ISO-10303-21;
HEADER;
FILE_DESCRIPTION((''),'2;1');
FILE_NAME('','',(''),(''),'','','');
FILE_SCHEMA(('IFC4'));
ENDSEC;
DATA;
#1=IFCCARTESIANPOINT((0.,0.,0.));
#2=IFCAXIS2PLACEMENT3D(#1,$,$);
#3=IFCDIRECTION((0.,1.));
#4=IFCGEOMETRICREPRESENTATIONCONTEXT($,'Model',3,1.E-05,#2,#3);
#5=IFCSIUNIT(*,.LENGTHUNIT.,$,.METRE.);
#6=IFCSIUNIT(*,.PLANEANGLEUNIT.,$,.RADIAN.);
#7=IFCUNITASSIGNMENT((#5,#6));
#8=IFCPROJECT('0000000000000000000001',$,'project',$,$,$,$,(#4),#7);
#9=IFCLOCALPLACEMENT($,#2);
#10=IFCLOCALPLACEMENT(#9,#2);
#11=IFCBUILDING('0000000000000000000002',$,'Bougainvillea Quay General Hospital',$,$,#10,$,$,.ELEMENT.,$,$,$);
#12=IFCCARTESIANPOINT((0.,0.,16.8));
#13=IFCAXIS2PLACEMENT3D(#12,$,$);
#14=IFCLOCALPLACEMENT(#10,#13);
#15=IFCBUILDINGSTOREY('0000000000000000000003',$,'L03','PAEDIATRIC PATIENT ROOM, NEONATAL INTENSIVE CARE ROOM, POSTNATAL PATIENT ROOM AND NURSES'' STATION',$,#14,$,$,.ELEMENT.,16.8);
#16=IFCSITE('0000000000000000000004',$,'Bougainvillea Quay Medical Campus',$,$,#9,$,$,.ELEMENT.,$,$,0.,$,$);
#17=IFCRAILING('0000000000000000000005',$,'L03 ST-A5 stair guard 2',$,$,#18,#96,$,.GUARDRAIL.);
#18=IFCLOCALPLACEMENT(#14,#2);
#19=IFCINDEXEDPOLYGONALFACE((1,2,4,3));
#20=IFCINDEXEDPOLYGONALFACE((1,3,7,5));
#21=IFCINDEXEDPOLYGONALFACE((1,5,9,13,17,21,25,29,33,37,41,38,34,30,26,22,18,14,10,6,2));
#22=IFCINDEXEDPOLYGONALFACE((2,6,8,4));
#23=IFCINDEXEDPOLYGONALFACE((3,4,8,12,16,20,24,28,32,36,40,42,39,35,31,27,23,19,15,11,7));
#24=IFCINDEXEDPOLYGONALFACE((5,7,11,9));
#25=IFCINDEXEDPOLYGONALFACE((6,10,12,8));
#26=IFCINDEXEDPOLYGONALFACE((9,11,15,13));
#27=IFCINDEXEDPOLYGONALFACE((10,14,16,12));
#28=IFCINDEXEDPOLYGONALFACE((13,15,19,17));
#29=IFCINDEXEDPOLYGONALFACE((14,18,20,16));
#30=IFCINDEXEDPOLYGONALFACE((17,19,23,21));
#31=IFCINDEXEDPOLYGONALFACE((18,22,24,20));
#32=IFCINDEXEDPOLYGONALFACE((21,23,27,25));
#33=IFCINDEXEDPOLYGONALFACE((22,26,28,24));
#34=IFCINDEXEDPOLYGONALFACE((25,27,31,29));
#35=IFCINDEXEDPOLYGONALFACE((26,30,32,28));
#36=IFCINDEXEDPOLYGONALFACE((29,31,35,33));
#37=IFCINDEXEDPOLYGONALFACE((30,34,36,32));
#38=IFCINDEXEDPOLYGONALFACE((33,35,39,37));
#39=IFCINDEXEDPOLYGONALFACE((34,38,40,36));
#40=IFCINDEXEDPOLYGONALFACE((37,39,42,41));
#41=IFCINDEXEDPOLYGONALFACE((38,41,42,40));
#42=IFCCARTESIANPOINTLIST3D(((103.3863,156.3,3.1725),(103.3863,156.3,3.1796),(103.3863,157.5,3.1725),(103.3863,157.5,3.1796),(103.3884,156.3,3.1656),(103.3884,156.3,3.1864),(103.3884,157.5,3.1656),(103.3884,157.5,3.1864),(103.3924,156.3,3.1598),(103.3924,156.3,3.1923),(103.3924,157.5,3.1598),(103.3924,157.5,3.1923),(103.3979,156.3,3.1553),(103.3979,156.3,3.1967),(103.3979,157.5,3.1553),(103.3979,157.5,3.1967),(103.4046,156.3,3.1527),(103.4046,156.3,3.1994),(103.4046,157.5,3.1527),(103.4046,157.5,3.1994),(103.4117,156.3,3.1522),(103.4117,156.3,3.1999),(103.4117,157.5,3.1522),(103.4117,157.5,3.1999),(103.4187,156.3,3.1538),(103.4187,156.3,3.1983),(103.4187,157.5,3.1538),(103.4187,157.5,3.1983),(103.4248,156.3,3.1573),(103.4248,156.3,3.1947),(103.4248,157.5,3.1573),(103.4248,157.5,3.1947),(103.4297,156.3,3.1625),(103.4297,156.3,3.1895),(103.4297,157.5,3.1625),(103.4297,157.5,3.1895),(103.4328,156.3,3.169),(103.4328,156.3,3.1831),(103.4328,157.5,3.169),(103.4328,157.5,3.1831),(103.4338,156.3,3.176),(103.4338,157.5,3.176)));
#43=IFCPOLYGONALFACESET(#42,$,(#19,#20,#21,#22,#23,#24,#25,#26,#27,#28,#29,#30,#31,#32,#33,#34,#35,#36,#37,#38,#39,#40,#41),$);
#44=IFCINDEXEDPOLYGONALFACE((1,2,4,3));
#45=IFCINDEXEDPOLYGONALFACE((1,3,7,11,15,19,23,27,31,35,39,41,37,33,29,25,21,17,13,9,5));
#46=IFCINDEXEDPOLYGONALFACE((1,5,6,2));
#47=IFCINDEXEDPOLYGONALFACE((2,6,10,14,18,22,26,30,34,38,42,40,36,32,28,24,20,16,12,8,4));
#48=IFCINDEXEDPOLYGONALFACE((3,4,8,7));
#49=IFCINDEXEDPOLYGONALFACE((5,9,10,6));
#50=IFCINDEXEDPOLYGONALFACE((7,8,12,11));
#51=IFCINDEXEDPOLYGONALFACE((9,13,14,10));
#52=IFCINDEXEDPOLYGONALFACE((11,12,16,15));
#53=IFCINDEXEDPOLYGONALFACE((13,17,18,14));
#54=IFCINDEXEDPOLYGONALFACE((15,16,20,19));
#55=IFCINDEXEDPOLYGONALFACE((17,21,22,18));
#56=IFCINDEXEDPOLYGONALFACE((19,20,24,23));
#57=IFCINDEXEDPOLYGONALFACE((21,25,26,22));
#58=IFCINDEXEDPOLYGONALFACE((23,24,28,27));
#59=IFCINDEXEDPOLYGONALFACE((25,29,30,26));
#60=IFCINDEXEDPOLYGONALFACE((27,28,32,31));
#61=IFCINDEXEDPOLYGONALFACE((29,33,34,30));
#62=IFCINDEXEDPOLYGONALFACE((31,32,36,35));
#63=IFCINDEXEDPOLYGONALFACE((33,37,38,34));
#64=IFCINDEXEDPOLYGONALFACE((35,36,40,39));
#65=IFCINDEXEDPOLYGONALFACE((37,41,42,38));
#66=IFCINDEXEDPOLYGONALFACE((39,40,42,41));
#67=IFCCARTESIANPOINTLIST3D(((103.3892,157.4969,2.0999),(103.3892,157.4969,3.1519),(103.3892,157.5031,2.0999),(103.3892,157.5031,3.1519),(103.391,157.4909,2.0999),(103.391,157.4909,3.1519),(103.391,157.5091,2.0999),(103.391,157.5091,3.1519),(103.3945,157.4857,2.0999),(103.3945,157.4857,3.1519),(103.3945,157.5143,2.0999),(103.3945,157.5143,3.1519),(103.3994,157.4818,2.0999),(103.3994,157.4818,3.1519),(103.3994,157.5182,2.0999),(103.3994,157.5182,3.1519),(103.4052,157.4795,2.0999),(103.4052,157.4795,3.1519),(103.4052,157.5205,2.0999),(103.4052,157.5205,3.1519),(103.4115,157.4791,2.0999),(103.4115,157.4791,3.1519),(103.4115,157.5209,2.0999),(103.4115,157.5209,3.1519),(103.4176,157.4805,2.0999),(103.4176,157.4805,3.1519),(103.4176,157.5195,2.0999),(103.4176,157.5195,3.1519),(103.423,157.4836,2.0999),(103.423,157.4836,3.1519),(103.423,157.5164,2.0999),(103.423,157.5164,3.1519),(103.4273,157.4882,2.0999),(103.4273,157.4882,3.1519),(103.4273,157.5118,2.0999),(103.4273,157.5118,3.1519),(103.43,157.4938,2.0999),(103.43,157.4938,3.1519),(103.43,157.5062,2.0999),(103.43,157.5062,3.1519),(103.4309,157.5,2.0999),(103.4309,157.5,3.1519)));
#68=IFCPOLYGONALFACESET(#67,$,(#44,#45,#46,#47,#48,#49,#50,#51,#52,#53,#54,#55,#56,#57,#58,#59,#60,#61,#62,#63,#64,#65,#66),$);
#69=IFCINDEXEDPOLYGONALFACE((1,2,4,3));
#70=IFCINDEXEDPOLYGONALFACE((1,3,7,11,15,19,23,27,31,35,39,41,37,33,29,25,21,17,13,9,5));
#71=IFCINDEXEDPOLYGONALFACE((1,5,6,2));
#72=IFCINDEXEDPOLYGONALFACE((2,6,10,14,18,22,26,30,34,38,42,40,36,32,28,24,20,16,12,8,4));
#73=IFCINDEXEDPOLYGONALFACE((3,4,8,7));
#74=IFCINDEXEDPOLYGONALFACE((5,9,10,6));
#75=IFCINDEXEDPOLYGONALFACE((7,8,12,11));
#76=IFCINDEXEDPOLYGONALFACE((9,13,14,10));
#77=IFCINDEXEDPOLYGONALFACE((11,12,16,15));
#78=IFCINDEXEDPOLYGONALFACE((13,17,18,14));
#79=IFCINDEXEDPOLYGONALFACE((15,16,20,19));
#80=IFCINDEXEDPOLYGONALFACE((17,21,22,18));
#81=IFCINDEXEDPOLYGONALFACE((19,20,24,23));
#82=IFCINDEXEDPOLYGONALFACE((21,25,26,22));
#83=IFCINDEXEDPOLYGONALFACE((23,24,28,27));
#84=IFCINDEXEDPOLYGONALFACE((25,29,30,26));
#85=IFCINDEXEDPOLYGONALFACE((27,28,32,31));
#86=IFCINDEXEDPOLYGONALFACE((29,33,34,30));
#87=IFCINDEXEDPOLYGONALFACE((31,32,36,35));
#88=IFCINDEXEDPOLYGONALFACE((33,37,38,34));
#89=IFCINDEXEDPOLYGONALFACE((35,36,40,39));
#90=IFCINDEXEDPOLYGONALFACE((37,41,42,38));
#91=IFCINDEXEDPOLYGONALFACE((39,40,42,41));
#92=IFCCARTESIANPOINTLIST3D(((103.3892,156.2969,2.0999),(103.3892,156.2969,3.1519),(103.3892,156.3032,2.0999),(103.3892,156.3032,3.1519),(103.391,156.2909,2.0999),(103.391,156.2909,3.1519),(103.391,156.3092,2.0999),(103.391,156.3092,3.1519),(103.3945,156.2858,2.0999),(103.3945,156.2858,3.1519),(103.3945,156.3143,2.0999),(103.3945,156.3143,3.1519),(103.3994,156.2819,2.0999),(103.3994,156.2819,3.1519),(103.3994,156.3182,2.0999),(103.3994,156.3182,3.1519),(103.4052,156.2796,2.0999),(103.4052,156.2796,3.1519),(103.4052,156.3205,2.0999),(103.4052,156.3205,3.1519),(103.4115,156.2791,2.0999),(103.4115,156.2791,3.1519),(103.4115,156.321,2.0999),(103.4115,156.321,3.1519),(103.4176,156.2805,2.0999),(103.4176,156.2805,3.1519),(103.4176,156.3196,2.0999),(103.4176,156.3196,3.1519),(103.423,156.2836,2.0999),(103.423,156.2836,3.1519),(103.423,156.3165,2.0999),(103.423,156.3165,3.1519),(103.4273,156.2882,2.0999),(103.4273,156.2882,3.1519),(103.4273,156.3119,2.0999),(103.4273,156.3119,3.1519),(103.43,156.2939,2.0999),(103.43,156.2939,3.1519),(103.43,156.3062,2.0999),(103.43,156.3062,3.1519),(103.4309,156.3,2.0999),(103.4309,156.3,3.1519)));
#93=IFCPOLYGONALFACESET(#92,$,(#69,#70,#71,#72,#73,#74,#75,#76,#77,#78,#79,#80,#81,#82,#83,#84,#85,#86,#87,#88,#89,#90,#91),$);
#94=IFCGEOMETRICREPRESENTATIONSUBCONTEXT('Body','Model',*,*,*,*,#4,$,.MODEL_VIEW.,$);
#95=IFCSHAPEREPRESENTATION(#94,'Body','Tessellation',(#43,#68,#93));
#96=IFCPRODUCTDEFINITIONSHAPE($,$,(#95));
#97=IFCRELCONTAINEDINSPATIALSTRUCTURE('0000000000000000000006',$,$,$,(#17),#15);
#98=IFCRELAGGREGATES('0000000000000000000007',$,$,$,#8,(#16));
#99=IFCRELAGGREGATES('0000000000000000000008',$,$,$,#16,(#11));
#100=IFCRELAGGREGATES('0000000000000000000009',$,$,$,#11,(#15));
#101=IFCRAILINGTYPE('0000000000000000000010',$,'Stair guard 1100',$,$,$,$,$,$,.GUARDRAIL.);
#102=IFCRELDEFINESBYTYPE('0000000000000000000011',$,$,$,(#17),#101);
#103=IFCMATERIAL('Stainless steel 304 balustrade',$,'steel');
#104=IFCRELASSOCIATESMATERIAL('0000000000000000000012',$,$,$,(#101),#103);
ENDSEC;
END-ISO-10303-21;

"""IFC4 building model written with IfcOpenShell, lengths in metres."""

from ifc_helpers import new_model, si_unit, direction, frame, origin, origin_2d, place, context, subcontext, project, spatial, circle, extrude, material, type_object, element, save


model = new_model("IFC4")

# Units and contexts
model_context = context("Model", 3, precision=1e-05, world=origin(), true_north=direction((0.0, 1.0)))
body_context = subcontext(model_context, "Body", "Model", "MODEL_VIEW")
ifc_project = project(units=[si_unit("LENGTHUNIT", "METRE"), si_unit("PLANEANGLEUNIT", "RADIAN")], contexts=[model_context])

# Site, building, storey
site_placement = place(None, origin())
site = spatial("IfcSite", under=ifc_project, at=site_placement, Name="Bougainvillea Quay Medical Campus", CompositionType="ELEMENT", RefElevation=0.0)
building_placement = place(site_placement, origin())
building = spatial("IfcBuilding", under=site, at=building_placement, Name="Bougainvillea Quay General Hospital", CompositionType="ELEMENT")
storey_placement = place(building_placement, frame((0.0, 0.0, 16.8)))
storey = spatial("IfcBuildingStorey", under=building, at=storey_placement, Name="L03", Description="PAEDIATRIC PATIENT ROOM, NEONATAL INTENSIVE CARE ROOM, POSTNATAL PATIENT ROOM AND NURSES' STATION", CompositionType="ELEMENT", Elevation=16.8)

# Railing
ifc_material_1 = material(Name="Stainless steel 304 balustrade", Category="steel")
railing_type_1 = type_object("IfcRailingType", Name="Stair guard 1100", PredefinedType="GUARDRAIL", material=ifc_material_1)
railing_1_placement = place(storey_placement, frame((103.4099, 157.5, 2.0999)))
element("IfcRailing", 1, at=railing_1_placement, inside=storey, type_object=railing_type_1, Name="L03 ST-A5 stair guard 2", PredefinedType="GUARDRAIL", context=body_context, shape_type="SweptSolid", body=[
    extrude(circle(Radius=0.0239, at=origin_2d()), frame((0.0, 0.0, 1.0762), z_axis=(0.0, -1.0, 0.0), x_axis=(1.0, 0.0, 0.0)), (0.0, 0.0, 1.0), 1.2),
    extrude(circle(Radius=0.021, at=origin_2d()), origin(), (0.0, 0.0, 1.0), 1.052),
    extrude(circle(Radius=0.021, at=origin_2d()), frame((0.0, -1.2, 0.0)), (0.0, 0.0, 1.0), 1.052),
])

save(model, "model.ifc")
